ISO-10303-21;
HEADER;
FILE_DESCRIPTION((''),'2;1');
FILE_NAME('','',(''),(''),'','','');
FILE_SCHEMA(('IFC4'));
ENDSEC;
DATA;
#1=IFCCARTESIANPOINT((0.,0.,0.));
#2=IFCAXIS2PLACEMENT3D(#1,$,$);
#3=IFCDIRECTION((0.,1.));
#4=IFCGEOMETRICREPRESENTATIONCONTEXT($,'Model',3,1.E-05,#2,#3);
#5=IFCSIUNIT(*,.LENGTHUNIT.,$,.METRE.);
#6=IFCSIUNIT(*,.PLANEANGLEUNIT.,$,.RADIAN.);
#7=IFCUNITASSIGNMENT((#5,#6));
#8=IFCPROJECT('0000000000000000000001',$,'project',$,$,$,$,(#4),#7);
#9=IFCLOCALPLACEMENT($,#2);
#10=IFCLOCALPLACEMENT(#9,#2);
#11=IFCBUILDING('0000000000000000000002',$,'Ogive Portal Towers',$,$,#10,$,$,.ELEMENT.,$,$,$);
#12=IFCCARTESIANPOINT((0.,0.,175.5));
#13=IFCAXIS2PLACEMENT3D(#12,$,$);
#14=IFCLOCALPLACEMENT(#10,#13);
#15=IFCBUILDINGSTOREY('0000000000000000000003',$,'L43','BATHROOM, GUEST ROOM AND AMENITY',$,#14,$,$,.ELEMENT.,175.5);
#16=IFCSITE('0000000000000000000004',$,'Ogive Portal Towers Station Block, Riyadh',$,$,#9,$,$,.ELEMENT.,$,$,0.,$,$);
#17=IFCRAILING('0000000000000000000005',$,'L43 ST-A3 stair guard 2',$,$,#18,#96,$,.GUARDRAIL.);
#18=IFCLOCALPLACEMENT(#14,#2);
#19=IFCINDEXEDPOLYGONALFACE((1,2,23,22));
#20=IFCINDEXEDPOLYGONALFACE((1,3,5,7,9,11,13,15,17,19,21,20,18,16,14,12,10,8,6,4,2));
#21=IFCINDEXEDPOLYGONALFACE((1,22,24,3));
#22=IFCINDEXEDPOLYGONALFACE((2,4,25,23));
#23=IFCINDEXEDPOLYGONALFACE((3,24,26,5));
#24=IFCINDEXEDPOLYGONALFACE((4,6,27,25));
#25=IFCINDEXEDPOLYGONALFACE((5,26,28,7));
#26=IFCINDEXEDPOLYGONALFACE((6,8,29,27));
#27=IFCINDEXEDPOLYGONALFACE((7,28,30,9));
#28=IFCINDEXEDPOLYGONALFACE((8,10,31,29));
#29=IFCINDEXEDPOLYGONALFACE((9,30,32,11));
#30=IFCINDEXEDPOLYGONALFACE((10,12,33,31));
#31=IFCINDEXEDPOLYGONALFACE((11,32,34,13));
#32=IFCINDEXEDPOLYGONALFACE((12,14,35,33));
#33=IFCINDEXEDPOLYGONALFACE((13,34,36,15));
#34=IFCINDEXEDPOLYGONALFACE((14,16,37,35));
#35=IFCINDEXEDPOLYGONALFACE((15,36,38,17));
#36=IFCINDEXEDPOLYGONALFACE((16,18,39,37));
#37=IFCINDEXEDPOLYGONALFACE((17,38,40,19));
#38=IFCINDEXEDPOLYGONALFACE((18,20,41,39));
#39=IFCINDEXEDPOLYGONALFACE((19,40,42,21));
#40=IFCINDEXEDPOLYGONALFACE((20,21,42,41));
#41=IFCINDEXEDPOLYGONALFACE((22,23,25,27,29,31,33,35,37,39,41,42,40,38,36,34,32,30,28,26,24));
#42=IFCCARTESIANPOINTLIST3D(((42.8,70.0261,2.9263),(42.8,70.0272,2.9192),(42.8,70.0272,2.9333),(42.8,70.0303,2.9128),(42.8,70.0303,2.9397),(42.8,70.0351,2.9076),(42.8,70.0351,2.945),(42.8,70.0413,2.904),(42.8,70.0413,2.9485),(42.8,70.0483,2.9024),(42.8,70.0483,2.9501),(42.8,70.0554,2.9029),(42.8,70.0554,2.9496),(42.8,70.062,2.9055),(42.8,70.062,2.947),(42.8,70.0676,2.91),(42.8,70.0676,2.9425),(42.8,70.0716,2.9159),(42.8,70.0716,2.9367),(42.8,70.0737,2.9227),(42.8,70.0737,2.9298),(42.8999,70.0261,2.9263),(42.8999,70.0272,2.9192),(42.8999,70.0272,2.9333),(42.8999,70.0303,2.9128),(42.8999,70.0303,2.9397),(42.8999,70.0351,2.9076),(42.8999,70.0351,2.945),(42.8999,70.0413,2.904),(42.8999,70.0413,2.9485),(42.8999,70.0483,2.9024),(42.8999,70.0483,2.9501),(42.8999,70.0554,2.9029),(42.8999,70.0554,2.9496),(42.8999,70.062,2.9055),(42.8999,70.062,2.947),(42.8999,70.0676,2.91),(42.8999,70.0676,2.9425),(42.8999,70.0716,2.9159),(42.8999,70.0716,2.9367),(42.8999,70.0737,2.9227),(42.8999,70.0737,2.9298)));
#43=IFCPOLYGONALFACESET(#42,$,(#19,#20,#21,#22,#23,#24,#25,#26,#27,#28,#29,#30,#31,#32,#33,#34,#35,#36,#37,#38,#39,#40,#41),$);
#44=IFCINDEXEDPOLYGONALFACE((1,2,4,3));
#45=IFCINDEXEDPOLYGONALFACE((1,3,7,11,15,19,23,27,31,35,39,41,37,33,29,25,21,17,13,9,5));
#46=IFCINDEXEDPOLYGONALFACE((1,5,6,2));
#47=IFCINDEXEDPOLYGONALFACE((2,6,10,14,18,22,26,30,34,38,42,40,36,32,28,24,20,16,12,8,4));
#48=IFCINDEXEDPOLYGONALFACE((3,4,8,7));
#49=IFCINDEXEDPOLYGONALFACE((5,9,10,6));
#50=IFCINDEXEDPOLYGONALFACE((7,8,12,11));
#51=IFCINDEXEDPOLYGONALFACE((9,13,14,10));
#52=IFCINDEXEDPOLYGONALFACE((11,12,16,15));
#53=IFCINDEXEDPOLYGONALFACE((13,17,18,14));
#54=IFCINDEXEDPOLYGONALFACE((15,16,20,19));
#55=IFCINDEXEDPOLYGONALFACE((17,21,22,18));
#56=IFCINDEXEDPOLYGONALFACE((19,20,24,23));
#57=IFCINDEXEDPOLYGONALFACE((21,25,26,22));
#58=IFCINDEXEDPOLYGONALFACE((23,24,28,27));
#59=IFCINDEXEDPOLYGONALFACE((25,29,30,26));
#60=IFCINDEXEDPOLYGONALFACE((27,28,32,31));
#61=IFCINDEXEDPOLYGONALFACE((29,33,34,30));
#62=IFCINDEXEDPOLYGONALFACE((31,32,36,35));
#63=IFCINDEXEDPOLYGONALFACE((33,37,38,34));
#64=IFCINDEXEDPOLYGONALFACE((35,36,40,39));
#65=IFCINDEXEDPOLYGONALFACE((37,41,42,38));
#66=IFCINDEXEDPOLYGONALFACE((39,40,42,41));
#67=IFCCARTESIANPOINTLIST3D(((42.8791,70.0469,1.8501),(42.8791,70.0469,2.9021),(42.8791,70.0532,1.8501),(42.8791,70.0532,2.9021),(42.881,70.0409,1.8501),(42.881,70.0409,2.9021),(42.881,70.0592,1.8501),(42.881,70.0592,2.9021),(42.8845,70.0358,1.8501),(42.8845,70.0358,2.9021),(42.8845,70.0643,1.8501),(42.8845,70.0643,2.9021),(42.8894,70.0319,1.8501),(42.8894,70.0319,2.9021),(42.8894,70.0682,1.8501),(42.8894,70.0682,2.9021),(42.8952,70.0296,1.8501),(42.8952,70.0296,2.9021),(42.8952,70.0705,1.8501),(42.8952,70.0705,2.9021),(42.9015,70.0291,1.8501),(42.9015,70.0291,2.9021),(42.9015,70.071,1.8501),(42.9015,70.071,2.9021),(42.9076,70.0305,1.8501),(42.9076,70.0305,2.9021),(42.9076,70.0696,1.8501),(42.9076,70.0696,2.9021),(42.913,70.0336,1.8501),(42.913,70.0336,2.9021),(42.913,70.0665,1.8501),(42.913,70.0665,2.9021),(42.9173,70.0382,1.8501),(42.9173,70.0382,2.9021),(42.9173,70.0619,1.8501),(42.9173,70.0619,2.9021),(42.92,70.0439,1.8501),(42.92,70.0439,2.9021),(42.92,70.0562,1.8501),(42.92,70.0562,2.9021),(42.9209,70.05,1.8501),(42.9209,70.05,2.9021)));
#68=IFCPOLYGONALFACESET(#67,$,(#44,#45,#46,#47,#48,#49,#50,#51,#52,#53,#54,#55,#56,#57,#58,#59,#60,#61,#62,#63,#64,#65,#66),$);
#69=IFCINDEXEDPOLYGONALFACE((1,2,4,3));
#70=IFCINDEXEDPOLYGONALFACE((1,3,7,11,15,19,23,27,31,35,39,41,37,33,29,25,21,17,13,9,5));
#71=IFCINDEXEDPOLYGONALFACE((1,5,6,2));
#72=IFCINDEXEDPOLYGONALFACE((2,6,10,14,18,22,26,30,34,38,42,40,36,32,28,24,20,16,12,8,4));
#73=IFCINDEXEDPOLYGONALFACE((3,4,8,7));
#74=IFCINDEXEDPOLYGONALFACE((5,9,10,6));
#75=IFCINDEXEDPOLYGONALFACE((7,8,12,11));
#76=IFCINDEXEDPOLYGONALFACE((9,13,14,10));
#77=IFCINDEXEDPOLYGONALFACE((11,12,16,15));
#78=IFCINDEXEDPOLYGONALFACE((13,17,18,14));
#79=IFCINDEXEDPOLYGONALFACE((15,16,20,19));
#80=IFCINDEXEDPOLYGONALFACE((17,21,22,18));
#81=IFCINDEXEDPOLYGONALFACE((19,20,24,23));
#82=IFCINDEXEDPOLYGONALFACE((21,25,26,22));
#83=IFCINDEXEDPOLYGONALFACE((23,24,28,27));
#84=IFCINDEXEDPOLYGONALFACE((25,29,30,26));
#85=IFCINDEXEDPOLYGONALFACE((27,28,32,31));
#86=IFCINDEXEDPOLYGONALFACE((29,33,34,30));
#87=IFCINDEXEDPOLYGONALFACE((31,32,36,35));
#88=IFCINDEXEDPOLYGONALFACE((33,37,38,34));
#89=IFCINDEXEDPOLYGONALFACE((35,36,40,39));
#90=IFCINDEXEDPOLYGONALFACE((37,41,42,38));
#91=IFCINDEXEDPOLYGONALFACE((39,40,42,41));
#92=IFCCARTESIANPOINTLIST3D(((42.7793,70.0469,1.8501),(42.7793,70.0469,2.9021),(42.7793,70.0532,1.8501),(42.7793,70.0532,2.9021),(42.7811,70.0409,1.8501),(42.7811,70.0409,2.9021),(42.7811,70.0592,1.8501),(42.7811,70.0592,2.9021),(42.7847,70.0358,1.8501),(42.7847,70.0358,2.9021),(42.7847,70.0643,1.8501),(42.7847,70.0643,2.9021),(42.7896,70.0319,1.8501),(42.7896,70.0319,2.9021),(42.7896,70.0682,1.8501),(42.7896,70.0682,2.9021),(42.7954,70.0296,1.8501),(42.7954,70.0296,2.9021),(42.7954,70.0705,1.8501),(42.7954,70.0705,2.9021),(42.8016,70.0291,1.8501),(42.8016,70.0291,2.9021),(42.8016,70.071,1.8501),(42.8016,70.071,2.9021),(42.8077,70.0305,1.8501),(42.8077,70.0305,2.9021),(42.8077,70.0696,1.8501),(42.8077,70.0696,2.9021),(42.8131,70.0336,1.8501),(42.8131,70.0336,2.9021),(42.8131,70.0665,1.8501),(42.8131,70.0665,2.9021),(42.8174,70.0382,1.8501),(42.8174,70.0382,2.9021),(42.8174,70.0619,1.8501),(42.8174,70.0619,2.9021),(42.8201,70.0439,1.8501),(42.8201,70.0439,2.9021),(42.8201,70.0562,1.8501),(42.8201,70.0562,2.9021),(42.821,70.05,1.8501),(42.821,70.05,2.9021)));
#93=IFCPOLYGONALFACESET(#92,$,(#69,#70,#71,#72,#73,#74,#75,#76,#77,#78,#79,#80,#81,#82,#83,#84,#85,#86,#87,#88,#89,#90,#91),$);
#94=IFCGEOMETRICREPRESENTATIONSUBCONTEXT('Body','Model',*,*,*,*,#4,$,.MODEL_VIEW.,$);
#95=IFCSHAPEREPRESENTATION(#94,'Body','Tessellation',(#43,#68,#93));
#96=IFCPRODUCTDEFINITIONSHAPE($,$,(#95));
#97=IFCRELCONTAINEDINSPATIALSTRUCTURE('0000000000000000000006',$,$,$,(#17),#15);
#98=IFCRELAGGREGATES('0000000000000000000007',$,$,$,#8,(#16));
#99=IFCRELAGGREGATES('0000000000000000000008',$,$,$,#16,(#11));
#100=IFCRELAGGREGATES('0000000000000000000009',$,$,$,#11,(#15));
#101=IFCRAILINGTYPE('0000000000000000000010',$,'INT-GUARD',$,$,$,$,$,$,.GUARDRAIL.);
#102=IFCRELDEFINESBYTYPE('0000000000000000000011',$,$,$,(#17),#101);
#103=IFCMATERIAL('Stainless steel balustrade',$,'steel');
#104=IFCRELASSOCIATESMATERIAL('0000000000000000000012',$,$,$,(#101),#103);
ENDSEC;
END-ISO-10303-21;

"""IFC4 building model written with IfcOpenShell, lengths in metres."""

from ifc_helpers import new_model, si_unit, direction, frame, origin, origin_2d, place, context, subcontext, project, spatial, circle, extrude, material, type_object, element, save


model = new_model("IFC4")

# Units and contexts
model_context = context("Model", 3, precision=1e-05, world=origin(), true_north=direction((0.0, 1.0)))
body_context = subcontext(model_context, "Body", "Model", "MODEL_VIEW")
ifc_project = project(units=[si_unit("LENGTHUNIT", "METRE"), si_unit("PLANEANGLEUNIT", "RADIAN")], contexts=[model_context])

# Site, building, storey
site_placement = place(None, origin())
site = spatial("IfcSite", under=ifc_project, at=site_placement, Name="Ogive Portal Towers Station Block, Riyadh", CompositionType="ELEMENT", RefElevation=0.0)
building_placement = place(site_placement, origin())
building = spatial("IfcBuilding", under=site, at=building_placement, Name="Ogive Portal Towers", CompositionType="ELEMENT")
storey_placement = place(building_placement, frame((0.0, 0.0, 175.5)))
storey = spatial("IfcBuildingStorey", under=building, at=storey_placement, Name="L43", Description="BATHROOM, GUEST ROOM AND AMENITY", CompositionType="ELEMENT", Elevation=175.5)

# Railing
ifc_material_1 = material(Name="Stainless steel balustrade", Category="steel")
railing_type_1 = type_object("IfcRailingType", Name="INT-GUARD", PredefinedType="GUARDRAIL", material=ifc_material_1)
railing_1_placement = place(storey_placement, frame((42.8999, 70.05, 1.8501)))
element("IfcRailing", 1, at=railing_1_placement, inside=storey, type_object=railing_type_1, Name="L43 ST-A3 stair guard 2", PredefinedType="GUARDRAIL", context=body_context, shape_type="SweptSolid", body=[
    extrude(circle(Radius=0.0239, at=origin_2d()), frame((0.0, 0.0, 1.0762), z_axis=(-1.0, 0.0, 0.0), x_axis=(0.0, -1.0, 0.0)), (0.0, 0.0, 1.0), 0.0999),
    extrude(circle(Radius=0.021, at=origin_2d()), origin(), (0.0, 0.0, 1.0), 1.052),
    extrude(circle(Radius=0.021, at=origin_2d()), frame((-0.0999, 0.0, 0.0)), (0.0, 0.0, 1.0), 1.052),
])

save(model, "model.ifc")
